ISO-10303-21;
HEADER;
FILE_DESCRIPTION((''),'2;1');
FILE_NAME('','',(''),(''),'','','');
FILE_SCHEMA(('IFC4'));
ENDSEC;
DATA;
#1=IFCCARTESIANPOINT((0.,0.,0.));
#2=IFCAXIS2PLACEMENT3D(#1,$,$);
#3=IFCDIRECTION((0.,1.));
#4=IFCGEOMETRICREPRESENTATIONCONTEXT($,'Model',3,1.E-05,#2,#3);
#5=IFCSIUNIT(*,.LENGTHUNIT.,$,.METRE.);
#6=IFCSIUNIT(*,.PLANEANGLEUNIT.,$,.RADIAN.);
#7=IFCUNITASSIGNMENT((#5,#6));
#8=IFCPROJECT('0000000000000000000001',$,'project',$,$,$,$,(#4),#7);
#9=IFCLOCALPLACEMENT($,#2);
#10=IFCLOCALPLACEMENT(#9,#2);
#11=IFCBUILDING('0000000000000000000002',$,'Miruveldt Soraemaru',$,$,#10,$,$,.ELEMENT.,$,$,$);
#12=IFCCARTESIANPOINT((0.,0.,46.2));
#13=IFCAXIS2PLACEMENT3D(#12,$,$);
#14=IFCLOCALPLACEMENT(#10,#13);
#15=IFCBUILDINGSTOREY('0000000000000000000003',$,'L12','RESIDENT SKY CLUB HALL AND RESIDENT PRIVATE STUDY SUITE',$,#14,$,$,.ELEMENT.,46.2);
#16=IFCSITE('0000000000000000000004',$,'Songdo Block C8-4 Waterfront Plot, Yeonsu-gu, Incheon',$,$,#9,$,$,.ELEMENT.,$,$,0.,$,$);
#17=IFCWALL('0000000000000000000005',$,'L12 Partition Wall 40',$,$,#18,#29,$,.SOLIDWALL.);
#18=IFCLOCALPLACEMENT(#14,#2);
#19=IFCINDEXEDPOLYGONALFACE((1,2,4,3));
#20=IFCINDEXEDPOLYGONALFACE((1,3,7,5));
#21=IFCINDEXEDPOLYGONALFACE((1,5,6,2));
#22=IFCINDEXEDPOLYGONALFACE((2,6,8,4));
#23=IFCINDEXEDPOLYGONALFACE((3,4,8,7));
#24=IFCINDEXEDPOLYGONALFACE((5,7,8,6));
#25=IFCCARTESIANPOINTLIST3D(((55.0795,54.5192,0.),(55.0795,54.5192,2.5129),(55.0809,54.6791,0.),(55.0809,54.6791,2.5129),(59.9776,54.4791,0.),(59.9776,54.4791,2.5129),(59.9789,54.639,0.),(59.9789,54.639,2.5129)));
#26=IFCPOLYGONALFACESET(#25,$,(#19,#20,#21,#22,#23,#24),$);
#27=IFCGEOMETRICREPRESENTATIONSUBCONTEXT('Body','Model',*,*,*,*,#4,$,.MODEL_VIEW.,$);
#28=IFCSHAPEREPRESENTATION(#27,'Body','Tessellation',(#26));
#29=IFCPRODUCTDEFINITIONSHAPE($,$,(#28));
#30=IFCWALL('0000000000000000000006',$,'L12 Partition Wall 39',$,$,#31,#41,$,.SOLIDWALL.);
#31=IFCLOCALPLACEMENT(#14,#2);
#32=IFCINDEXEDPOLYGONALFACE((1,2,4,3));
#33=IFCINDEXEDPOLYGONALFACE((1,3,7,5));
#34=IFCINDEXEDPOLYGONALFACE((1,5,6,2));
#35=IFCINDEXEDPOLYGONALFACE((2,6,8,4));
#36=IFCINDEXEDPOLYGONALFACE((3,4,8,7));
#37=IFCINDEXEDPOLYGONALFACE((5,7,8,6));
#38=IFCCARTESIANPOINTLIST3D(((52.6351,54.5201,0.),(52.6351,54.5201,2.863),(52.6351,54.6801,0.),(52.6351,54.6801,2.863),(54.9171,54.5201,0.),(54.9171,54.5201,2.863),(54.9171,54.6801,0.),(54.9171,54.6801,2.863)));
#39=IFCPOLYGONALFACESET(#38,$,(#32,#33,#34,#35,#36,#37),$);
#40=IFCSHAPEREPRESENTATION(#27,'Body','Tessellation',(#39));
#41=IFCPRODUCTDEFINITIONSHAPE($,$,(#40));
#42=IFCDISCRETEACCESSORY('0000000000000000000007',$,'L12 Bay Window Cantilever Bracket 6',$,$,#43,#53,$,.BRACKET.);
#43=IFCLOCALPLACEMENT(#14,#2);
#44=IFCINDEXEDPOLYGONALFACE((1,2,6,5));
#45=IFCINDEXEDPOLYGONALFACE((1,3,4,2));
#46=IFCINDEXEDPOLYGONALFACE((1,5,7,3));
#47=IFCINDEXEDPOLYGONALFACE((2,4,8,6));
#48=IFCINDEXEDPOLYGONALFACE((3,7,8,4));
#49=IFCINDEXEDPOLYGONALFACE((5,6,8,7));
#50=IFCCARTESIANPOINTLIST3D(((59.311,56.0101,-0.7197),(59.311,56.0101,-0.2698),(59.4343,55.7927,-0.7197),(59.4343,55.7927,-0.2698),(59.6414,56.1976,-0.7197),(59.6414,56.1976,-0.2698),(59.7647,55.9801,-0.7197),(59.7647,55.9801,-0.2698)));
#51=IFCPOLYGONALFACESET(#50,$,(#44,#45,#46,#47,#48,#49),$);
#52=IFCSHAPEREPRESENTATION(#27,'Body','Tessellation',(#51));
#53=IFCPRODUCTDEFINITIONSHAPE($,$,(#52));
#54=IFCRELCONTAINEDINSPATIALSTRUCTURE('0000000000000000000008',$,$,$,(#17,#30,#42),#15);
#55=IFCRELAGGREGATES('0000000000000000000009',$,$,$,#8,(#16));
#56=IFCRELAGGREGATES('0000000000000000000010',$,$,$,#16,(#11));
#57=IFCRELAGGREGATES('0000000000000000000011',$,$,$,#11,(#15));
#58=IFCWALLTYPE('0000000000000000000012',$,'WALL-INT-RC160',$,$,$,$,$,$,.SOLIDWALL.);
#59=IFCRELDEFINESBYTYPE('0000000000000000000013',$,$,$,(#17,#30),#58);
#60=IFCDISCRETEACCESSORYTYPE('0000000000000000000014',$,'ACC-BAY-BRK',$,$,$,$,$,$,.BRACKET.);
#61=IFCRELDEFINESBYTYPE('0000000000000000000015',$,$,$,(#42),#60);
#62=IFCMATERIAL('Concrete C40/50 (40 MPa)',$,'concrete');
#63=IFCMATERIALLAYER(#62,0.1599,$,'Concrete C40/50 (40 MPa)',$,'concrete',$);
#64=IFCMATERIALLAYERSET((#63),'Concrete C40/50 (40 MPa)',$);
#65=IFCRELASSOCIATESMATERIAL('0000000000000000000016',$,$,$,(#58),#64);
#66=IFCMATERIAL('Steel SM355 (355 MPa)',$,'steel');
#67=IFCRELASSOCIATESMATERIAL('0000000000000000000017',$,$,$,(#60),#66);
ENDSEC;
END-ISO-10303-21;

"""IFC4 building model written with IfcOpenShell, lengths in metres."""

from ifc_helpers import new_model, si_unit, direction, frame, frame_2d, origin, origin_2d, place, context, subcontext, project, spatial, rectangle, extrude, material, layer, layer_set, type_object, element, save


model = new_model("IFC4")

# Units and contexts
model_context = context("Model", 3, precision=1e-05, world=origin(), true_north=direction((0.0, 1.0)))
body_context = subcontext(model_context, "Body", "Model", "MODEL_VIEW")
ifc_project = project(units=[si_unit("LENGTHUNIT", "METRE"), si_unit("PLANEANGLEUNIT", "RADIAN")], contexts=[model_context])

# Site, building, storey
site_placement = place(None, origin())
site = spatial("IfcSite", under=ifc_project, at=site_placement, Name="Songdo Block C8-4 Waterfront Plot, Yeonsu-gu, Incheon", CompositionType="ELEMENT", RefElevation=0.0)
building_placement = place(site_placement, origin())
building = spatial("IfcBuilding", under=site, at=building_placement, Name="Miruveldt Soraemaru", CompositionType="ELEMENT")
storey_placement = place(building_placement, frame((0.0, 0.0, 46.2)))
storey = spatial("IfcBuildingStorey", under=building, at=storey_placement, Name="L12", Description="RESIDENT SKY CLUB HALL AND RESIDENT PRIVATE STUDY SUITE", CompositionType="ELEMENT", Elevation=46.2)

# Shared definitions
ifc_material_1 = material(Name="Steel SM355 (355 MPa)", Category="steel")

# Shared definitions
ifc_material_2 = material(Name="Concrete C40/50 (40 MPa)", Category="concrete")
ifc_layer_1 = layer(ifc_material_2, 0.1599, Name="Concrete C40/50 (40 MPa)", Category="concrete")
ifc_layer_set_1 = layer_set([ifc_layer_1], Name="Concrete C40/50 (40 MPa)")
wall_type_1 = type_object("IfcWallType", Name="WALL-INT-RC160", PredefinedType="SOLIDWALL", material=ifc_layer_set_1)

# Walls
wall_1_placement = place(storey_placement, frame((55.0801, 54.5991, 0.0), z_axis=(0.0, 0.0, 1.0), x_axis=(0.999967, -0.008174, 0.0)))
element("IfcWall", 1, at=wall_1_placement, inside=storey, type_object=wall_type_1, Name="L12 Partition Wall 40", PredefinedType="SOLIDWALL", context=body_context, shape_type="SweptSolid", body=[
    extrude(rectangle(XDim=4.8982, YDim=0.1599, at=frame_2d((2.4492, 0.0))), origin(), (0.0, 0.0, 1.0), 2.5129),
])
wall_2_placement = place(storey_placement, frame((52.635, 54.6001, 0.0), z_axis=(0.0, 0.0, 1.0), x_axis=(1.0, 0.0, 0.0)))
element("IfcWall", 2, at=wall_2_placement, inside=storey, type_object=wall_type_1, Name="L12 Partition Wall 39", PredefinedType="SOLIDWALL", context=body_context, shape_type="SweptSolid", body=[
    extrude(rectangle(XDim=2.282, YDim=0.1599, at=frame_2d((1.1411, 0.0))), origin(), (0.0, 0.0, 1.0), 2.863),
])

# Discrete accessory
discrete_accessory_type = type_object("IfcDiscreteAccessoryType", Name="ACC-BAY-BRK", PredefinedType="BRACKET", material=ifc_material_1)
discrete_accessory_placement = place(storey_placement, frame((59.5378, 55.9951, -0.7197), z_axis=(0.0, 0.0, 1.0), x_axis=(0.869831, 0.49335, 0.0)))
element("IfcDiscreteAccessory", 3, at=discrete_accessory_placement, inside=storey, type_object=discrete_accessory_type, Name="L12 Bay Window Cantilever Bracket 6", PredefinedType="BRACKET", context=body_context, shape_type="SweptSolid", body=[
    extrude(rectangle(XDim=0.3799, YDim=0.25, at=origin_2d()), origin(), (0.0, 0.0, 1.0), 0.45),
])

save(model, "model.ifc")
